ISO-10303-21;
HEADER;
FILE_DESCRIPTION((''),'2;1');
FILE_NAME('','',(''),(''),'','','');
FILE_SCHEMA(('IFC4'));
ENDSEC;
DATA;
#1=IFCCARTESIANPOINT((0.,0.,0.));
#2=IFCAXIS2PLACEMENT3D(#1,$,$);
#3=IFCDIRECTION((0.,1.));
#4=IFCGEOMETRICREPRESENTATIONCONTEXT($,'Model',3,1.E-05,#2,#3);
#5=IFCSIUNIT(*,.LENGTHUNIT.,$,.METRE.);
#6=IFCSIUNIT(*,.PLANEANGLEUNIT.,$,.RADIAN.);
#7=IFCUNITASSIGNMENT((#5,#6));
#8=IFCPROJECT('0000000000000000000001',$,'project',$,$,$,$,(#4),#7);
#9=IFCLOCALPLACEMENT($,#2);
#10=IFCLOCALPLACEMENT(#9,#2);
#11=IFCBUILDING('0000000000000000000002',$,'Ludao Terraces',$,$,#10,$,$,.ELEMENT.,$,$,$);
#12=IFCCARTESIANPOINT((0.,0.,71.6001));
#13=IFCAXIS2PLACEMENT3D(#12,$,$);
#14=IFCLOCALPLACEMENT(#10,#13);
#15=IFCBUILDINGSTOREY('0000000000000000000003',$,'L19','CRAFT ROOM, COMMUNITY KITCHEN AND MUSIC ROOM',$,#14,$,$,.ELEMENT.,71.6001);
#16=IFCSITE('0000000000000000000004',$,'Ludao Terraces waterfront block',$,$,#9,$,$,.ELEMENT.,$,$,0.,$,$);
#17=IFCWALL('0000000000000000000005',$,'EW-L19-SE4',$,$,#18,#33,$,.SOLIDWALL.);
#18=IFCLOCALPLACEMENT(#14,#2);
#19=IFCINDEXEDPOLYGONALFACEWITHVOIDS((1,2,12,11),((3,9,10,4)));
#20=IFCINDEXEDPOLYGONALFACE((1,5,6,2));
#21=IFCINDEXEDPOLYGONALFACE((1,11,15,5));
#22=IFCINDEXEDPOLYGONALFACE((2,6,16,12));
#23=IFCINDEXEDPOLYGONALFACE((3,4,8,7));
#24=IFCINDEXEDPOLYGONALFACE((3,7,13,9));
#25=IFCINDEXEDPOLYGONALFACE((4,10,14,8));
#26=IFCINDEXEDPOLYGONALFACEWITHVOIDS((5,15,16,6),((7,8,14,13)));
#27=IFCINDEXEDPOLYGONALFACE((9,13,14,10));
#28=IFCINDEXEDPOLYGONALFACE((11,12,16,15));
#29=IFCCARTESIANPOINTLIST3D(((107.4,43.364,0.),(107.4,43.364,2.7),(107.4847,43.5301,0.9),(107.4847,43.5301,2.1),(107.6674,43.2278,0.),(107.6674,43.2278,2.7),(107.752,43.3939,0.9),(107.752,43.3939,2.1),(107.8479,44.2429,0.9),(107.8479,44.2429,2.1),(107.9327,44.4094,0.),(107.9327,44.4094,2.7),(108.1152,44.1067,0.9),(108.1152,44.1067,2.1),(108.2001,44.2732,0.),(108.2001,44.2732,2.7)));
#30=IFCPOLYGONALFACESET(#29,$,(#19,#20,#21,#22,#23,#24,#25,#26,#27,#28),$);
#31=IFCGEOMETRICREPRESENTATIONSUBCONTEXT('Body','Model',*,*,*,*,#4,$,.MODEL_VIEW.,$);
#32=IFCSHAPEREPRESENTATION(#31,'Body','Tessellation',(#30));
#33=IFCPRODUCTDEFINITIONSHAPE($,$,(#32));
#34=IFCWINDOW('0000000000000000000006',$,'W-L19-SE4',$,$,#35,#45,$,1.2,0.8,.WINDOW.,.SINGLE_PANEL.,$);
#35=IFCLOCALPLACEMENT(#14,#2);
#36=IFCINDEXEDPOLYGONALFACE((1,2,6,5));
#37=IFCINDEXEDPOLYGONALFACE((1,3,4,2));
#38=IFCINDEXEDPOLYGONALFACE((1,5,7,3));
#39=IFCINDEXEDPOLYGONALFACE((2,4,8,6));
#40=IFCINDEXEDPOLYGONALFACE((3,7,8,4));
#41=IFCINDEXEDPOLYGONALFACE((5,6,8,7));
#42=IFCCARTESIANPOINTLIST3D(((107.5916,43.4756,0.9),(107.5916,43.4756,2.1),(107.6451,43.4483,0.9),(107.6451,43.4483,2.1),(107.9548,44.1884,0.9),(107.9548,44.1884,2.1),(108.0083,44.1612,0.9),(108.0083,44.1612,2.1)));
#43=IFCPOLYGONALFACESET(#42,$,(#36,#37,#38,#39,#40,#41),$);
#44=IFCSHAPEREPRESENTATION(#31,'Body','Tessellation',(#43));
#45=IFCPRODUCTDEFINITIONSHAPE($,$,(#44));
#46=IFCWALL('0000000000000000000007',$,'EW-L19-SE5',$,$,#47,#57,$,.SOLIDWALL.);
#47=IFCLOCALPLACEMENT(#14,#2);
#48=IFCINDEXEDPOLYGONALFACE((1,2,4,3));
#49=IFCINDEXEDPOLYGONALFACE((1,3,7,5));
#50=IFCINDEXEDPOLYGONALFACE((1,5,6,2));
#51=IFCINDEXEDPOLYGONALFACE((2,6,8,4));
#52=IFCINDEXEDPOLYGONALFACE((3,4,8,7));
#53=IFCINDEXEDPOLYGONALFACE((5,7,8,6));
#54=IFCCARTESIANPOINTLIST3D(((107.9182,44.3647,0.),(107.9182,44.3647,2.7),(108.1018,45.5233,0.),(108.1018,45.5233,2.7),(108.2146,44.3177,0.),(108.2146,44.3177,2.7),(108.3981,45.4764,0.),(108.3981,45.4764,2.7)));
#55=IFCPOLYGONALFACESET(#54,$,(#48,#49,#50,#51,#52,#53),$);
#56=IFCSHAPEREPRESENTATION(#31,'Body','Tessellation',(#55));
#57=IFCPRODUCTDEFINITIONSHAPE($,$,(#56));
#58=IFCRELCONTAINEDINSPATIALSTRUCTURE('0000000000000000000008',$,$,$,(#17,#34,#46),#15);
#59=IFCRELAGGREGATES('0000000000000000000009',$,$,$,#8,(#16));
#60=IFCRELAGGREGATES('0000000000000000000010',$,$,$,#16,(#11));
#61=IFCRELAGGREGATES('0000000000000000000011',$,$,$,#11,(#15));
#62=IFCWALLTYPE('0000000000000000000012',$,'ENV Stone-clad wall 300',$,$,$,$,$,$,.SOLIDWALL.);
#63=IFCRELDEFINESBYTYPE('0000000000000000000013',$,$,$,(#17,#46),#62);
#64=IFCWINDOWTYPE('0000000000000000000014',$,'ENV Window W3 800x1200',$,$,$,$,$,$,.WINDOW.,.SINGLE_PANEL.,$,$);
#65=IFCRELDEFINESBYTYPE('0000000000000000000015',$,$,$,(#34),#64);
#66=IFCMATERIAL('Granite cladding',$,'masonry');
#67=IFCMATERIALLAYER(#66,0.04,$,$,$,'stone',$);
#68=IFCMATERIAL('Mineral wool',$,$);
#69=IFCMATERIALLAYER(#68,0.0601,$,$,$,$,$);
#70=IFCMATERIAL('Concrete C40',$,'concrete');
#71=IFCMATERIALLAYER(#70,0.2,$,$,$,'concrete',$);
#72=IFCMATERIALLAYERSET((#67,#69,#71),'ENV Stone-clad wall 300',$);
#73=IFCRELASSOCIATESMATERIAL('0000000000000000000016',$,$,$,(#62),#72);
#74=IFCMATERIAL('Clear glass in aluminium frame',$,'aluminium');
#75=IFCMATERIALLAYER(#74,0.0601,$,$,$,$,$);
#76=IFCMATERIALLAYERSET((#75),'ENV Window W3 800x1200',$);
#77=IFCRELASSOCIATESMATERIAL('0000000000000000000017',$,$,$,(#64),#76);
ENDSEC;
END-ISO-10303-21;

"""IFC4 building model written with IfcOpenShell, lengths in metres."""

from ifc_helpers import new_model, si_unit, direction, frame, frame_2d, origin, place, context, subcontext, project, spatial, rectangle, extrude, material, layer, layer_set, type_object, element, fill, save


model = new_model("IFC4")

# Units and contexts
model_context = context("Model", 3, precision=1e-05, world=origin(), true_north=direction((0.0, 1.0)))
body_context = subcontext(model_context, "Body", "Model", "MODEL_VIEW")
ifc_project = project(units=[si_unit("LENGTHUNIT", "METRE"), si_unit("PLANEANGLEUNIT", "RADIAN")], contexts=[model_context])

# Site, building, storey
site_placement = place(None, origin())
site = spatial("IfcSite", under=ifc_project, at=site_placement, Name="Ludao Terraces waterfront block", CompositionType="ELEMENT", RefElevation=0.0)
building_placement = place(site_placement, origin())
building = spatial("IfcBuilding", under=site, at=building_placement, Name="Ludao Terraces", CompositionType="ELEMENT")
storey_placement = place(building_placement, frame((0.0, 0.0, 71.6001)))
storey = spatial("IfcBuildingStorey", under=building, at=storey_placement, Name="L19", Description="CRAFT ROOM, COMMUNITY KITCHEN AND MUSIC ROOM", CompositionType="ELEMENT", Elevation=71.6001)

# Shared definitions
ifc_material_1 = material(Name="Concrete C40", Category="concrete")

# Shared definitions
ifc_material_2 = material(Name="Granite cladding", Category="masonry")
ifc_layer_1 = layer(ifc_material_2, 0.04, Category="stone")
ifc_material_3 = material(Name="Mineral wool")
ifc_layer_2 = layer(ifc_material_3, 0.0601)
ifc_layer_3 = layer(ifc_material_1, 0.2, Category="concrete")
ifc_layer_set_1 = layer_set([ifc_layer_1, ifc_layer_2, ifc_layer_3], Name="ENV Stone-clad wall 300")
wall_type = type_object("IfcWallType", Name="ENV Stone-clad wall 300", PredefinedType="SOLIDWALL", material=ifc_layer_set_1)

# Wall, opening, window
ifc_material_4 = material(Name="Clear glass in aluminium frame", Category="aluminium")
ifc_layer_4 = layer(ifc_material_4, 0.0601)
ifc_layer_set_2 = layer_set([ifc_layer_4], Name="ENV Window W3 800x1200")
window_type = type_object("IfcWindowType", Name="ENV Window W3 800x1200", PartitioningType="SINGLE_PANEL", PredefinedType="WINDOW", material=ifc_layer_set_2)
wall_1_placement = place(storey_placement, frame((107.5337, 43.2959, 0.0), z_axis=(0.0, 0.0, 1.0), x_axis=(0.454026, 0.890989, 0.0)))
wall_1 = element("IfcWall", 1, at=wall_1_placement, inside=storey, type_object=wall_type, Name="EW-L19-SE4", PredefinedType="SOLIDWALL", context=body_context, shape_type="SweptSolid", body=[
    extrude(rectangle(XDim=1.1733, YDim=0.3, at=frame_2d((0.5867, 0.0))), origin(), (0.0, 0.0, 1.0), 2.7),
])
opening_1_placement = place(wall_1_placement, frame((0.1865, 0.0, 0.8999)))
opening_1 = element("IfcOpeningElement", 2, at=opening_1_placement, cuts=wall_1, PredefinedType="OPENING", context=body_context, shape_type="SweptSolid", body=[
    extrude(rectangle(XDim=0.8, YDim=1.2, at=frame_2d((0.3999, 0.6001))), frame((0.0, 0.1602, 0.0), z_axis=(0.0, -1.0, 0.0), x_axis=(1.0, 0.0, 0.0)), (0.0, 0.0, 1.0), 0.3201),
])
window_1_placement = place(opening_1_placement, origin())
window_1 = element("IfcWindow", 3, at=window_1_placement, inside=storey, type_object=window_type, Name="W-L19-SE4", OverallHeight=1.2, OverallWidth=0.8, PartitioningType="SINGLE_PANEL", PredefinedType="WINDOW", context=body_context, shape_type="SweptSolid", body=[
    extrude(rectangle(XDim=0.8, YDim=1.2, at=frame_2d((0.3999, 0.6001))), frame((0.0, 0.03, 0.0), z_axis=(0.0, -1.0, 0.0), x_axis=(1.0, 0.0, 0.0)), (0.0, 0.0, 1.0), 0.0601),
])
fill(opening_1, window_1)

# Wall
wall_2_placement = place(storey_placement, frame((108.0664, 44.3413, 0.0), z_axis=(0.0, 0.0, 1.0), x_axis=(0.156497, 0.987678, 0.0)))
element("IfcWall", 4, at=wall_2_placement, inside=storey, type_object=wall_type, Name="EW-L19-SE5", PredefinedType="SOLIDWALL", context=body_context, shape_type="SweptSolid", body=[
    extrude(rectangle(XDim=1.1731, YDim=0.3, at=frame_2d((0.5864, 0.0))), origin(), (0.0, 0.0, 1.0), 2.7),
])

save(model, "model.ifc")
